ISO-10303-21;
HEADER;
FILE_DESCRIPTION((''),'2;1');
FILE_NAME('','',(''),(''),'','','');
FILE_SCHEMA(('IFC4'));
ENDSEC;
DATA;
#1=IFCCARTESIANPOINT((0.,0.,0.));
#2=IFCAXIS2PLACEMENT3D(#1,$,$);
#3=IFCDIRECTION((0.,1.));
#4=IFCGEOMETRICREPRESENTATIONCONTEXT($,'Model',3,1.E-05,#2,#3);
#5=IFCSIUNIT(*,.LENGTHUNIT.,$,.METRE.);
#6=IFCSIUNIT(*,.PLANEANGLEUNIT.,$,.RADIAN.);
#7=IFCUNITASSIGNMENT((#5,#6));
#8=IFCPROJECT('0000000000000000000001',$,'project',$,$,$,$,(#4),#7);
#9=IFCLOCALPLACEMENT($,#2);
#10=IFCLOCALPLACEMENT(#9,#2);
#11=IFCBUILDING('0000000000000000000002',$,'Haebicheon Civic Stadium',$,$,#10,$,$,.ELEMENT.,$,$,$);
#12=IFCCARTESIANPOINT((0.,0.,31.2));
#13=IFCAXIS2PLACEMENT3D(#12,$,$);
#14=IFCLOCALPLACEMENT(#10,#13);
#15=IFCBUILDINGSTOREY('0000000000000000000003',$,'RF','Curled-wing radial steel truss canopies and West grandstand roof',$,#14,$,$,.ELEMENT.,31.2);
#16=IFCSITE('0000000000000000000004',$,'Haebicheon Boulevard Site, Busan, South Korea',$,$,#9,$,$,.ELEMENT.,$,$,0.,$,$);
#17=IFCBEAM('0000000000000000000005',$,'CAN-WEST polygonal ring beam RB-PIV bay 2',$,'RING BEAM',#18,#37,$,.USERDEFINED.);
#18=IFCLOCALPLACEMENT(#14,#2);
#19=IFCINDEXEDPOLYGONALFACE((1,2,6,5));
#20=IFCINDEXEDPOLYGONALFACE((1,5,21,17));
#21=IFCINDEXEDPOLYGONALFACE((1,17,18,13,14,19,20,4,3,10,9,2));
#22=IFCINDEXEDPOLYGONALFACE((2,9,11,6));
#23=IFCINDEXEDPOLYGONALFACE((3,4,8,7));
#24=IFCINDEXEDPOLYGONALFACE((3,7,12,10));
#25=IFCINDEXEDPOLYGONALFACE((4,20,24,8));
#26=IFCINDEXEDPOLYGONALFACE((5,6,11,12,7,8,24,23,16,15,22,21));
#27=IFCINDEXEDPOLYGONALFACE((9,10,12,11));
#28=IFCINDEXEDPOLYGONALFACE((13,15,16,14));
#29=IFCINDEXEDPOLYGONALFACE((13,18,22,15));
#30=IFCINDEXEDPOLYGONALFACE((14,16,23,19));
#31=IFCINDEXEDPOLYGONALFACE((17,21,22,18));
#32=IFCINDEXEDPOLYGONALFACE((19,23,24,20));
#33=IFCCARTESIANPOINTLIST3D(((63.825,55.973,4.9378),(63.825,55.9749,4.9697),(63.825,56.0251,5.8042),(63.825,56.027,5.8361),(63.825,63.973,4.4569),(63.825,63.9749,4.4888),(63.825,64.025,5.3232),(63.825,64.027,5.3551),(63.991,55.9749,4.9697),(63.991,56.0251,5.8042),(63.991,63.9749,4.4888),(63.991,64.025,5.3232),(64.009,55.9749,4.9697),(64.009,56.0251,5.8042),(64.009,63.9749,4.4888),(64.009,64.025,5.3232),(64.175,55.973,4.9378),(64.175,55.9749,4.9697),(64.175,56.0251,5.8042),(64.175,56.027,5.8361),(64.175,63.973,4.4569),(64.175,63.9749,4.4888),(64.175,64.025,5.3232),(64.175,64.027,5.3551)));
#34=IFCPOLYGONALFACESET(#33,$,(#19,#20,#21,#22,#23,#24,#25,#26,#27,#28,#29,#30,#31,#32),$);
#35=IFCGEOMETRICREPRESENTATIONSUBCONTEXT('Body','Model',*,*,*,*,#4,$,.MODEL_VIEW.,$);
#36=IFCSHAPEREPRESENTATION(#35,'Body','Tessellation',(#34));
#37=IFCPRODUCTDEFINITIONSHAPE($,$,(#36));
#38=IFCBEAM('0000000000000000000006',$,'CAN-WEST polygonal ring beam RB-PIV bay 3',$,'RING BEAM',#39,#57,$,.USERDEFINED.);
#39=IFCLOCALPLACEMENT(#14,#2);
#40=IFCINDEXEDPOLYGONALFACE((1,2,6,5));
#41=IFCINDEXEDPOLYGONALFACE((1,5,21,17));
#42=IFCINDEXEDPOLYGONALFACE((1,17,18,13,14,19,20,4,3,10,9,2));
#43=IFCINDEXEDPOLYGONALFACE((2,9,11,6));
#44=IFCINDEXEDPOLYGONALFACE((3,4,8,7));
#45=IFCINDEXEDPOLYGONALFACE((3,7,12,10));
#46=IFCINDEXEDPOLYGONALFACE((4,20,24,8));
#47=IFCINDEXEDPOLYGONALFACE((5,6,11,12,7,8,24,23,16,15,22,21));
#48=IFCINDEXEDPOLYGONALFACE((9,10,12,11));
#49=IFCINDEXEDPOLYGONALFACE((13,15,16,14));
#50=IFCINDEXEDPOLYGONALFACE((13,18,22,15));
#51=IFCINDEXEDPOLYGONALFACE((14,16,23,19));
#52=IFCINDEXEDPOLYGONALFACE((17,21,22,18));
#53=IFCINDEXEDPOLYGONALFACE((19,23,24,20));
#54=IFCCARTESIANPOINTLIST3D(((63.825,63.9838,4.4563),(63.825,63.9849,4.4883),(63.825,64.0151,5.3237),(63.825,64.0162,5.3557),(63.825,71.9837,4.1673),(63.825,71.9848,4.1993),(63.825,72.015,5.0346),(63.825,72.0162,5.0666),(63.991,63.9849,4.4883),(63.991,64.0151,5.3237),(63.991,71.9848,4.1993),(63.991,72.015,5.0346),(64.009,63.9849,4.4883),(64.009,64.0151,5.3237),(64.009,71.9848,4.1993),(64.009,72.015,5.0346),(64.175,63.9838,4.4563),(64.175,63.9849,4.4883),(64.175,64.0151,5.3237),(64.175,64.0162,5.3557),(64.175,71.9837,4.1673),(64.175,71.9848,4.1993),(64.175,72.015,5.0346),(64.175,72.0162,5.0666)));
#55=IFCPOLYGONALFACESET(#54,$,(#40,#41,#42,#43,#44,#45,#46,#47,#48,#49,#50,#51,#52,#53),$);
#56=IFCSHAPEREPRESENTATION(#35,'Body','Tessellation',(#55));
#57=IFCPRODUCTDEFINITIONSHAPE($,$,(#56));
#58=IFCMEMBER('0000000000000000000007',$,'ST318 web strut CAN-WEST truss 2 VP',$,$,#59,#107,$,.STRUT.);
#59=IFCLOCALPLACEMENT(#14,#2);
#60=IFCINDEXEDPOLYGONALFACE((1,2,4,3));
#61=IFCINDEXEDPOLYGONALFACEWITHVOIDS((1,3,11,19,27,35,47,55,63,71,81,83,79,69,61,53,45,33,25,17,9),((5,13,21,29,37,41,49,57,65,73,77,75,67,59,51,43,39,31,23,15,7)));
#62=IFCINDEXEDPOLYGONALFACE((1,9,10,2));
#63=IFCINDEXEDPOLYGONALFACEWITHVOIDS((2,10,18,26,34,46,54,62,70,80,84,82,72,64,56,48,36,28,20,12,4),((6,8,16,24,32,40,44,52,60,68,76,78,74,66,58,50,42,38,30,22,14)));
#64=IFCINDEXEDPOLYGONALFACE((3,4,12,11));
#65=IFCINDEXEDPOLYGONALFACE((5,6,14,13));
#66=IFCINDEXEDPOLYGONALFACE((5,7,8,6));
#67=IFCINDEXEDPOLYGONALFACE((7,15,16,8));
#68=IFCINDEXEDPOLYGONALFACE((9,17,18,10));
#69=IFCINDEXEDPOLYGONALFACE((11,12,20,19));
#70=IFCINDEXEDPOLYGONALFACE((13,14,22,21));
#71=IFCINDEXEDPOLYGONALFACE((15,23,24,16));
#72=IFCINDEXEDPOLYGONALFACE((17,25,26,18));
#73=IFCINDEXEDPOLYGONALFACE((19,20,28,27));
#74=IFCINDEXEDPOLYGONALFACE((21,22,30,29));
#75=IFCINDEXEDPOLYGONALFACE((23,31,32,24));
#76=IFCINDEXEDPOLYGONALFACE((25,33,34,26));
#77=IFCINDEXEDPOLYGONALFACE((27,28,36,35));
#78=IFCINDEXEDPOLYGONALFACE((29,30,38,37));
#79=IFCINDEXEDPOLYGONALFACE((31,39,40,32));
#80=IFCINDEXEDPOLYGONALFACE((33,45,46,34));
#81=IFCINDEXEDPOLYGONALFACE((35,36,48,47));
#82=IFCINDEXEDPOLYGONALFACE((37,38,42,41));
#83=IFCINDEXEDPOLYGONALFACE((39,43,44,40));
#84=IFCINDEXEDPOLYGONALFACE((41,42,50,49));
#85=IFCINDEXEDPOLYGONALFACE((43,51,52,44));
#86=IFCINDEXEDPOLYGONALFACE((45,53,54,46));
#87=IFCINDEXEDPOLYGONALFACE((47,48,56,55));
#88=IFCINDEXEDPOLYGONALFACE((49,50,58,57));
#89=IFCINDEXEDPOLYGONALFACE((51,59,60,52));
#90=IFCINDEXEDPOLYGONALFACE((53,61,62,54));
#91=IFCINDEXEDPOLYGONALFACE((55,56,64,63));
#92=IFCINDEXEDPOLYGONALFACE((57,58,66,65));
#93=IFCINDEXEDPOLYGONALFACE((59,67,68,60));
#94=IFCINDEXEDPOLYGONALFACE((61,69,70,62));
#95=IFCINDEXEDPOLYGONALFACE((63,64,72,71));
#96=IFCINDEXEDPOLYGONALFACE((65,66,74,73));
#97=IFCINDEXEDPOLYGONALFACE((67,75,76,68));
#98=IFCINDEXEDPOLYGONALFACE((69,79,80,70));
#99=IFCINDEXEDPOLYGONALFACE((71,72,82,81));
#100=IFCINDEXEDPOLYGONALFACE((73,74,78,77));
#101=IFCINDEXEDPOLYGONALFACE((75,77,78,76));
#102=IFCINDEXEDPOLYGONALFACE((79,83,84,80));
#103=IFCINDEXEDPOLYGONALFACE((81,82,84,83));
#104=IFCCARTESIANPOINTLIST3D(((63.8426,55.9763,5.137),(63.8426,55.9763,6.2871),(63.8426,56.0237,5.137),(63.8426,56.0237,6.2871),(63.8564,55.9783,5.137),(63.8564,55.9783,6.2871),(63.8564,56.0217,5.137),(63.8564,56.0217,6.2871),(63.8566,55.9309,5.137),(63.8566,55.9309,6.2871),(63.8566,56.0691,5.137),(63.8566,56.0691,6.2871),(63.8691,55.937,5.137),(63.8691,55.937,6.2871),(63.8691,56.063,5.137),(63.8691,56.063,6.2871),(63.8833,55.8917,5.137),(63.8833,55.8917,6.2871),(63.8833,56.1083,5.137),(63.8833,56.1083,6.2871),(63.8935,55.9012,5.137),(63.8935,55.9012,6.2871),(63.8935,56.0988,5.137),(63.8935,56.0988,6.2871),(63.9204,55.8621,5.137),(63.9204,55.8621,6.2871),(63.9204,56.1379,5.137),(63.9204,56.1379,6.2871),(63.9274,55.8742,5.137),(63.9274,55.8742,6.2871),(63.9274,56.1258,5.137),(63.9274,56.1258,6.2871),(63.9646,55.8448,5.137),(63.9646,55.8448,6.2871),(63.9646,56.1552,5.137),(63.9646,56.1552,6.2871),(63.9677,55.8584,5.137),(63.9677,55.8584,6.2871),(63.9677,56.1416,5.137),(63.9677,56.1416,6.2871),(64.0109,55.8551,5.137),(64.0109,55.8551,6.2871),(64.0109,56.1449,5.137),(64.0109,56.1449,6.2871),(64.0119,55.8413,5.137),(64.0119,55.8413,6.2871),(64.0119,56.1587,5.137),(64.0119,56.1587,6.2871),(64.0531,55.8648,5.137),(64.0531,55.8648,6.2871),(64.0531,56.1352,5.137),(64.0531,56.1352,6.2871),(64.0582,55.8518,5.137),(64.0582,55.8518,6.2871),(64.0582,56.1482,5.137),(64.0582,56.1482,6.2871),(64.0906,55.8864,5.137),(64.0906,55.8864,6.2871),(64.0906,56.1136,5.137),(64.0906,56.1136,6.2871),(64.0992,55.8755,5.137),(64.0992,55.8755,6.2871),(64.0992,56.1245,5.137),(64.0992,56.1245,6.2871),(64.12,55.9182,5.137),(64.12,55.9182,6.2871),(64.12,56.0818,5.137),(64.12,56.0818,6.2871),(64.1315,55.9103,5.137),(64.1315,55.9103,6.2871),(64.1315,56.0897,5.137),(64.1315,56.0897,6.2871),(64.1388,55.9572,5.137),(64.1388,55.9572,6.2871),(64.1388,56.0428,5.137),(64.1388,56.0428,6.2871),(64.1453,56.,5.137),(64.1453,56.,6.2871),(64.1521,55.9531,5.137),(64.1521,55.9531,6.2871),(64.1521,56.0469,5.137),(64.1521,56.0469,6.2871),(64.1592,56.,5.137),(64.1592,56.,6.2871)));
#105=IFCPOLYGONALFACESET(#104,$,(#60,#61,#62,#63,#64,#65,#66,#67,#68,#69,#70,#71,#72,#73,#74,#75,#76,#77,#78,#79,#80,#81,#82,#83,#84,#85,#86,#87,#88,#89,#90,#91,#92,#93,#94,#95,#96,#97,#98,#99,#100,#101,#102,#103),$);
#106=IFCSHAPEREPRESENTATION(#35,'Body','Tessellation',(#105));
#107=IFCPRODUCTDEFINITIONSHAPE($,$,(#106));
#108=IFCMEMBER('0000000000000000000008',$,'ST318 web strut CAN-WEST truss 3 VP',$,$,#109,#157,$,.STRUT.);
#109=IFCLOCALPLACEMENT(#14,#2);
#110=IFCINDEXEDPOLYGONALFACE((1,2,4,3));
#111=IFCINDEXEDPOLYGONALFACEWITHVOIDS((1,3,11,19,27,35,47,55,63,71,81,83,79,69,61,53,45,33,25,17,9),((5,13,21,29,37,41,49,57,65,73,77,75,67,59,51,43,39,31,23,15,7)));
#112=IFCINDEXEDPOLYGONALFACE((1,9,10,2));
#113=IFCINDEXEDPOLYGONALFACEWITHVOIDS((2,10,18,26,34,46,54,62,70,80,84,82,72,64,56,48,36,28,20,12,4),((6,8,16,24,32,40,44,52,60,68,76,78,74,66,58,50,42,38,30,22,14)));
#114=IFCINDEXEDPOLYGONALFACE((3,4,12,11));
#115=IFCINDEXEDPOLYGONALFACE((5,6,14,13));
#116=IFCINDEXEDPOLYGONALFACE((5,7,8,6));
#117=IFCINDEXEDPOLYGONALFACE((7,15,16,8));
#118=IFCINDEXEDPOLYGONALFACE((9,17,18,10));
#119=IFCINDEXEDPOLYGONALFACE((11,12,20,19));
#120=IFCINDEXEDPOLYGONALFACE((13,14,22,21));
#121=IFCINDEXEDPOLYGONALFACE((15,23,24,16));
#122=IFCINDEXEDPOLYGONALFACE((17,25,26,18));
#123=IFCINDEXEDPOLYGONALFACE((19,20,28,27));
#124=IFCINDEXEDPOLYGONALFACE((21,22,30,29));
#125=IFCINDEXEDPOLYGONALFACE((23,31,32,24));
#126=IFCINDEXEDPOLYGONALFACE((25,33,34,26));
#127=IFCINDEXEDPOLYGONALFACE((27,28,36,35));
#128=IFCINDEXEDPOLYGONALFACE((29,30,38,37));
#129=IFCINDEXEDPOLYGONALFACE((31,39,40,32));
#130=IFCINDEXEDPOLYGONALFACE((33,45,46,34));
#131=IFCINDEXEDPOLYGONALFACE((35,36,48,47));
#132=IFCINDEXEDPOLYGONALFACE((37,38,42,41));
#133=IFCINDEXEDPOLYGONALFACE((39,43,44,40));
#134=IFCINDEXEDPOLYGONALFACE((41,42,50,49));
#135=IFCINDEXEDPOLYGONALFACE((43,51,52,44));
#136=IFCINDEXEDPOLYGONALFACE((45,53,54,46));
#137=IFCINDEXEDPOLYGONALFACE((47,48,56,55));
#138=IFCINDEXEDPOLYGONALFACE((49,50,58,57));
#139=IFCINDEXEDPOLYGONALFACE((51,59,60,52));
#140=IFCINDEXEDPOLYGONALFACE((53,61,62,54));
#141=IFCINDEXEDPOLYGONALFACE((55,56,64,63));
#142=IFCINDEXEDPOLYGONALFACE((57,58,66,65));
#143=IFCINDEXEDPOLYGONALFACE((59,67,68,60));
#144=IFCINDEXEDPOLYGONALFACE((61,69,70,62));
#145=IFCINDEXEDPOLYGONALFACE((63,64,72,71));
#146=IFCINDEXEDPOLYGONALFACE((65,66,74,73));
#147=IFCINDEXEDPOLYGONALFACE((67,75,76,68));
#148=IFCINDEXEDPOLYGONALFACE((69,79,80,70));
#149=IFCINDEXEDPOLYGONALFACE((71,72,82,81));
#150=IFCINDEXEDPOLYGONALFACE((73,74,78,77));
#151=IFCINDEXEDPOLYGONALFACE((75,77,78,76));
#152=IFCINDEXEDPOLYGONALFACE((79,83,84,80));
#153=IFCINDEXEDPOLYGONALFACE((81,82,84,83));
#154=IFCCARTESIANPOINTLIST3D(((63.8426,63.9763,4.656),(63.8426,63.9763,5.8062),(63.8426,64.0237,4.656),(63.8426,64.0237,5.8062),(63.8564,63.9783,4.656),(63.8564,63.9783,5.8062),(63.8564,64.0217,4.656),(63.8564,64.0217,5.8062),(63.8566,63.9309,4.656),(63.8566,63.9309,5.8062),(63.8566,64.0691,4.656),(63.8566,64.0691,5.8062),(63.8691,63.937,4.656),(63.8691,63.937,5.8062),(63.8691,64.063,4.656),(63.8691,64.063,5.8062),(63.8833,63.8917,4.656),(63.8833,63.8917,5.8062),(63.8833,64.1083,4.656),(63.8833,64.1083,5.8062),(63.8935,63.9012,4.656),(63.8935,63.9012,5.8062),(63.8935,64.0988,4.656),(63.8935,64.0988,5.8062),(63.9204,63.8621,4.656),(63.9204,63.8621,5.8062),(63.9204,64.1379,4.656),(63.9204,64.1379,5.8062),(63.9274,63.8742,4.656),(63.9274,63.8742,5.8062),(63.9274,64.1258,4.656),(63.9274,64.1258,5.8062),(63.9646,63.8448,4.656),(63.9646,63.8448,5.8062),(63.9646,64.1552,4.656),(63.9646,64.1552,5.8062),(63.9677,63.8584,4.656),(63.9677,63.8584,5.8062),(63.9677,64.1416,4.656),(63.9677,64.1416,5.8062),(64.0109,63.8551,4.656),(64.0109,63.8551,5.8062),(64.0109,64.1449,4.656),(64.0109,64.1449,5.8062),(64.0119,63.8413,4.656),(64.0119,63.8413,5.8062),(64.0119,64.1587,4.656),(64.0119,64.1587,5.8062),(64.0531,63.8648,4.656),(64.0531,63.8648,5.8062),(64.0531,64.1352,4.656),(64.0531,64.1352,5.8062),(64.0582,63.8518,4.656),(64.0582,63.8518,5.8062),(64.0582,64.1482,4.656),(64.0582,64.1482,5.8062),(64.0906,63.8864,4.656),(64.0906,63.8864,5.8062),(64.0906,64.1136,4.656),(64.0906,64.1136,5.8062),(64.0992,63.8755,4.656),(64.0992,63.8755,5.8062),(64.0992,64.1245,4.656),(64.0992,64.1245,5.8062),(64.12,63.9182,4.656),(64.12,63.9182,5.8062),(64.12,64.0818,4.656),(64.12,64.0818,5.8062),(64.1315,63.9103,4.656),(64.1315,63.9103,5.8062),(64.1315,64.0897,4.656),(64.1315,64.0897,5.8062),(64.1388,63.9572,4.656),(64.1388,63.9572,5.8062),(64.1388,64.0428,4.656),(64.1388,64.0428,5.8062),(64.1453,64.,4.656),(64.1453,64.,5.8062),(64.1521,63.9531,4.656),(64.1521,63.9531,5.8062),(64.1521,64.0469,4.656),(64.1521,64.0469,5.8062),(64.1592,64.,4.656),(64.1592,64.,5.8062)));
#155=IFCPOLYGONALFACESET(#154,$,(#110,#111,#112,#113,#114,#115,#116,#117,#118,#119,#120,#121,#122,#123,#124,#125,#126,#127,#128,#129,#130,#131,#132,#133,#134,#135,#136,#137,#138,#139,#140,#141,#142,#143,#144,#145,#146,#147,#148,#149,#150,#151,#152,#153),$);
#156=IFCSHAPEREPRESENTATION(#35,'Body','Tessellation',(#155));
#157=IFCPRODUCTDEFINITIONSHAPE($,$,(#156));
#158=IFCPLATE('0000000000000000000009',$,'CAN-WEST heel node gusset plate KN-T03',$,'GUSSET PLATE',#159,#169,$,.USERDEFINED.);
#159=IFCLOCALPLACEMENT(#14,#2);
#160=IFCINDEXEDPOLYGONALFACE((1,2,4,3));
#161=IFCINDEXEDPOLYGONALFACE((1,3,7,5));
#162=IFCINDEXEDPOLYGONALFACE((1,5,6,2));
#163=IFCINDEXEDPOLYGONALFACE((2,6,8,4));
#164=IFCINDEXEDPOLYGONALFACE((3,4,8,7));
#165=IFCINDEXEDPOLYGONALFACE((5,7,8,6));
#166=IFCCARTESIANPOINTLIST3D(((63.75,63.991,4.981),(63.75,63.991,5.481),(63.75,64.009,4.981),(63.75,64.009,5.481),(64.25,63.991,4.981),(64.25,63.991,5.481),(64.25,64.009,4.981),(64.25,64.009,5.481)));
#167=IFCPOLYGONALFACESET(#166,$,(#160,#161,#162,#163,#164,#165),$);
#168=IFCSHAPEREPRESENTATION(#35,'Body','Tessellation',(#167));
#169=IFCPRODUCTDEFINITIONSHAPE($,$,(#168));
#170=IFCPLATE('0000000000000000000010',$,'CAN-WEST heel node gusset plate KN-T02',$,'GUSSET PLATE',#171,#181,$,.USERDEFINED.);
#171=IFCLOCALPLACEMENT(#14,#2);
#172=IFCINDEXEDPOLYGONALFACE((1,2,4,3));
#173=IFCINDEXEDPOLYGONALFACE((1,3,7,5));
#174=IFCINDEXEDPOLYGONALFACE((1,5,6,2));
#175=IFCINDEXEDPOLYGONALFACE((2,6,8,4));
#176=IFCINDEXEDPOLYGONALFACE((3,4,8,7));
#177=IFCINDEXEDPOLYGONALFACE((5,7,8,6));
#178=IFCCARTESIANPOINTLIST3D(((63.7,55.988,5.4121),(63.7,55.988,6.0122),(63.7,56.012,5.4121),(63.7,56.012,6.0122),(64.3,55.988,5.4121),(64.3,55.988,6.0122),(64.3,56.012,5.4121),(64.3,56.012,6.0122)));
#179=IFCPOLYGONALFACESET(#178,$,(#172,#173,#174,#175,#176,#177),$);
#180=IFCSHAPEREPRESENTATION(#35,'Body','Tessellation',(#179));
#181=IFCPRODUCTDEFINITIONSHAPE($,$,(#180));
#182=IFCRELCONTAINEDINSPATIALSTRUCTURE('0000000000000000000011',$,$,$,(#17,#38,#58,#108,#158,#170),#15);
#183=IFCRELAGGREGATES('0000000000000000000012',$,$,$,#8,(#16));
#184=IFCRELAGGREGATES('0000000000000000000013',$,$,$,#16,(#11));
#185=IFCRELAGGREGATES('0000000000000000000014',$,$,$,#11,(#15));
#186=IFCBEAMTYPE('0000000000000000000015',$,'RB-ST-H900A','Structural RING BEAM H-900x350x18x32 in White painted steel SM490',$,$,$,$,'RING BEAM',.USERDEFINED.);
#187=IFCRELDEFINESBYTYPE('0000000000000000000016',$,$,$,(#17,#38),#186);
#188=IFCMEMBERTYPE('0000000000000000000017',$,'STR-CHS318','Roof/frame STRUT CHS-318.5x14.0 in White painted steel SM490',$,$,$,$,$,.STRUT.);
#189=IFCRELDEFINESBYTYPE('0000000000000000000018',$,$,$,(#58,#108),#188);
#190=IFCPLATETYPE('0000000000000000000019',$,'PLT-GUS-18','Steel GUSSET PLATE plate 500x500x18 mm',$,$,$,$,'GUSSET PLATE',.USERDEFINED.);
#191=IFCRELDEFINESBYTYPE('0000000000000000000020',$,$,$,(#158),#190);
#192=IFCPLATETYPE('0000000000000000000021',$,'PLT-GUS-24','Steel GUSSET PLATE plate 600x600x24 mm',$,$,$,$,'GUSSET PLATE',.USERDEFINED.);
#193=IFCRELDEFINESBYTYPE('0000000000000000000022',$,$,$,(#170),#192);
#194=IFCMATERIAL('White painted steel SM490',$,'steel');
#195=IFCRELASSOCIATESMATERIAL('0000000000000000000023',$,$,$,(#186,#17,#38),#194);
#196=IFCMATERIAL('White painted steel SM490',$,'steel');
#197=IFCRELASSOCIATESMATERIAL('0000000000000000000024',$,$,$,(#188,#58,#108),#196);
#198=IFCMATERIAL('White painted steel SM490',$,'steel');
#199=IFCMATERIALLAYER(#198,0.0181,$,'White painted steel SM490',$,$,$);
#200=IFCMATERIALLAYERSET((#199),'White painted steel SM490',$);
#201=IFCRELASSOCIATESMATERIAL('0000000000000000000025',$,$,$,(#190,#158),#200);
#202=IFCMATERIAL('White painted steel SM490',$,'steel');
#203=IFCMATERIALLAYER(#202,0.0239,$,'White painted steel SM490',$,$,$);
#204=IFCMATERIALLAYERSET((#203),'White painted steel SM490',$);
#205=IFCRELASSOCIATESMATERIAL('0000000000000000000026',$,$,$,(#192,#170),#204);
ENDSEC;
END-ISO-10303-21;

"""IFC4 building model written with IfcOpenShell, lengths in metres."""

from ifc_helpers import new_model, si_unit, direction, frame, origin, origin_2d, place, context, subcontext, project, spatial, rectangle, hollow_circle, i_section, extrude, material, layer, layer_set, material_profile, profile_set, type_object, element, save


model = new_model("IFC4")

# Units and contexts
model_context = context("Model", 3, precision=1e-05, world=origin(), true_north=direction((0.0, 1.0)))
body_context = subcontext(model_context, "Body", "Model", "MODEL_VIEW")
ifc_project = project(units=[si_unit("LENGTHUNIT", "METRE"), si_unit("PLANEANGLEUNIT", "RADIAN")], contexts=[model_context])

# Site, building, storey
site_placement = place(None, origin())
site = spatial("IfcSite", under=ifc_project, at=site_placement, Name="Haebicheon Boulevard Site, Busan, South Korea", CompositionType="ELEMENT", RefElevation=0.0)
building_placement = place(site_placement, origin())
building = spatial("IfcBuilding", under=site, at=building_placement, Name="Haebicheon Civic Stadium", CompositionType="ELEMENT")
storey_placement = place(building_placement, frame((0.0, 0.0, 31.2)))
storey = spatial("IfcBuildingStorey", under=building, at=storey_placement, Name="RF", Description="Curled-wing radial steel truss canopies and West grandstand roof", CompositionType="ELEMENT", Elevation=31.2)

# Beams
ifc_material_1 = material(Name="White painted steel SM490", Category="steel")
ifc_material_profile_1 = material_profile(ifc_material_1, i_section(OverallWidth=0.3501, OverallDepth=0.8999, WebThickness=0.0181, FlangeThickness=0.032, at=origin_2d()), Name="H-900x350x18x32")
ifc_profile_set_1 = profile_set([ifc_material_profile_1], Name="White painted steel SM490")
beam_type = type_object("IfcBeamType", Name="RB-ST-H900A", Description="Structural RING BEAM H-900x350x18x32 in White painted steel SM490", ElementType="RING BEAM", PredefinedType="USERDEFINED", material=ifc_profile_set_1)
beam_1_placement = place(storey_placement, frame((64.0, 56.0, 5.387), z_axis=(0.0, 0.998198, -0.060011), x_axis=(-1.0, 0.0, 0.0)))
element("IfcBeam", 1, at=beam_1_placement, inside=storey, type_object=beam_type, material=ifc_profile_set_1, Name="CAN-WEST polygonal ring beam RB-PIV bay 2", ObjectType="RING BEAM", PredefinedType="USERDEFINED", context=body_context, shape_type="SweptSolid", body=[
    extrude(i_section(OverallWidth=0.3501, OverallDepth=0.8999, WebThickness=0.0181, FlangeThickness=0.032, at=origin_2d()), origin(), (0.0, 0.0, 1.0), 8.0144),
])
beam_2_placement = place(storey_placement, frame((64.0, 64.0, 4.906), z_axis=(0.0, 0.999348, -0.036109), x_axis=(-1.0, 0.0, 0.0)))
element("IfcBeam", 2, at=beam_2_placement, inside=storey, type_object=beam_type, material=ifc_profile_set_1, Name="CAN-WEST polygonal ring beam RB-PIV bay 3", ObjectType="RING BEAM", PredefinedType="USERDEFINED", context=body_context, shape_type="SweptSolid", body=[
    extrude(i_section(OverallWidth=0.3501, OverallDepth=0.8999, WebThickness=0.0181, FlangeThickness=0.032, at=origin_2d()), origin(), (0.0, 0.0, 1.0), 8.0051),
])

# Members
ifc_material_2 = material(Name="White painted steel SM490", Category="steel")
ifc_material_profile_2 = material_profile(ifc_material_2, hollow_circle(Radius=0.1592, WallThickness=0.0139, at=origin_2d()), Name="CHS-318.5x14.0")
ifc_profile_set_2 = profile_set([ifc_material_profile_2], Name="White painted steel SM490")
member_type_1 = type_object("IfcMemberType", Name="STR-CHS318", Description="Roof/frame STRUT CHS-318.5x14.0 in White painted steel SM490", PredefinedType="STRUT", material=ifc_profile_set_2)
for number, where, z_axis, x_axis, name in (
    (3, (64.0, 56.0, 5.137), (0.0, 0.0, 1.0), (1.0, 0.0, 0.0), "ST318 web strut CAN-WEST truss 2 VP"),
    (4, (64.0, 64.0, 4.656), (0.0, 0.0, 1.0), (1.0, 0.0, 0.0), "ST318 web strut CAN-WEST truss 3 VP"),
):
    element("IfcMember", number, at=place(storey_placement, frame(where, z_axis=z_axis, x_axis=x_axis)), inside=storey, type_object=member_type_1, material=ifc_profile_set_2, Name=name, PredefinedType="STRUT", context=body_context, shape_type="SweptSolid", body=[
        extrude(hollow_circle(Radius=0.1592, WallThickness=0.0139, at=origin_2d()), origin(), (0.0, 0.0, 1.0), 1.1501),
    ])

# Plates
ifc_material_3 = material(Name="White painted steel SM490", Category="steel")
ifc_layer_1 = layer(ifc_material_3, 0.0181, Name="White painted steel SM490")
ifc_layer_set_1 = layer_set([ifc_layer_1], Name="White painted steel SM490")
plate_type_1 = type_object("IfcPlateType", Name="PLT-GUS-18", Description="Steel GUSSET PLATE plate 500x500x18 mm", ElementType="GUSSET PLATE", PredefinedType="USERDEFINED", material=ifc_layer_set_1)
plate_1_placement = place(storey_placement, frame((64.0, 64.0, 4.981), z_axis=(0.0, 0.0, 1.0), x_axis=(1.0, 0.0, 0.0)))
element("IfcPlate", 5, at=plate_1_placement, inside=storey, type_object=plate_type_1, material=ifc_layer_set_1, Name="CAN-WEST heel node gusset plate KN-T03", ObjectType="GUSSET PLATE", PredefinedType="USERDEFINED", context=body_context, shape_type="SweptSolid", body=[
    extrude(rectangle(XDim=0.5, YDim=0.0181, at=origin_2d()), origin(), (0.0, 0.0, 1.0), 0.5),
])
ifc_material_4 = material(Name="White painted steel SM490", Category="steel")
ifc_layer_2 = layer(ifc_material_4, 0.0239, Name="White painted steel SM490")
ifc_layer_set_2 = layer_set([ifc_layer_2], Name="White painted steel SM490")
plate_type_2 = type_object("IfcPlateType", Name="PLT-GUS-24", Description="Steel GUSSET PLATE plate 600x600x24 mm", ElementType="GUSSET PLATE", PredefinedType="USERDEFINED", material=ifc_layer_set_2)
plate_2_placement = place(storey_placement, frame((64.0, 56.0, 5.4121), z_axis=(0.0, 0.0, 1.0), x_axis=(1.0, 0.0, 0.0)))
element("IfcPlate", 6, at=plate_2_placement, inside=storey, type_object=plate_type_2, material=ifc_layer_set_2, Name="CAN-WEST heel node gusset plate KN-T02", ObjectType="GUSSET PLATE", PredefinedType="USERDEFINED", context=body_context, shape_type="SweptSolid", body=[
    extrude(rectangle(XDim=0.6001, YDim=0.0239, at=origin_2d()), origin(), (0.0, 0.0, 1.0), 0.6001),
])

save(model, "model.ifc")
